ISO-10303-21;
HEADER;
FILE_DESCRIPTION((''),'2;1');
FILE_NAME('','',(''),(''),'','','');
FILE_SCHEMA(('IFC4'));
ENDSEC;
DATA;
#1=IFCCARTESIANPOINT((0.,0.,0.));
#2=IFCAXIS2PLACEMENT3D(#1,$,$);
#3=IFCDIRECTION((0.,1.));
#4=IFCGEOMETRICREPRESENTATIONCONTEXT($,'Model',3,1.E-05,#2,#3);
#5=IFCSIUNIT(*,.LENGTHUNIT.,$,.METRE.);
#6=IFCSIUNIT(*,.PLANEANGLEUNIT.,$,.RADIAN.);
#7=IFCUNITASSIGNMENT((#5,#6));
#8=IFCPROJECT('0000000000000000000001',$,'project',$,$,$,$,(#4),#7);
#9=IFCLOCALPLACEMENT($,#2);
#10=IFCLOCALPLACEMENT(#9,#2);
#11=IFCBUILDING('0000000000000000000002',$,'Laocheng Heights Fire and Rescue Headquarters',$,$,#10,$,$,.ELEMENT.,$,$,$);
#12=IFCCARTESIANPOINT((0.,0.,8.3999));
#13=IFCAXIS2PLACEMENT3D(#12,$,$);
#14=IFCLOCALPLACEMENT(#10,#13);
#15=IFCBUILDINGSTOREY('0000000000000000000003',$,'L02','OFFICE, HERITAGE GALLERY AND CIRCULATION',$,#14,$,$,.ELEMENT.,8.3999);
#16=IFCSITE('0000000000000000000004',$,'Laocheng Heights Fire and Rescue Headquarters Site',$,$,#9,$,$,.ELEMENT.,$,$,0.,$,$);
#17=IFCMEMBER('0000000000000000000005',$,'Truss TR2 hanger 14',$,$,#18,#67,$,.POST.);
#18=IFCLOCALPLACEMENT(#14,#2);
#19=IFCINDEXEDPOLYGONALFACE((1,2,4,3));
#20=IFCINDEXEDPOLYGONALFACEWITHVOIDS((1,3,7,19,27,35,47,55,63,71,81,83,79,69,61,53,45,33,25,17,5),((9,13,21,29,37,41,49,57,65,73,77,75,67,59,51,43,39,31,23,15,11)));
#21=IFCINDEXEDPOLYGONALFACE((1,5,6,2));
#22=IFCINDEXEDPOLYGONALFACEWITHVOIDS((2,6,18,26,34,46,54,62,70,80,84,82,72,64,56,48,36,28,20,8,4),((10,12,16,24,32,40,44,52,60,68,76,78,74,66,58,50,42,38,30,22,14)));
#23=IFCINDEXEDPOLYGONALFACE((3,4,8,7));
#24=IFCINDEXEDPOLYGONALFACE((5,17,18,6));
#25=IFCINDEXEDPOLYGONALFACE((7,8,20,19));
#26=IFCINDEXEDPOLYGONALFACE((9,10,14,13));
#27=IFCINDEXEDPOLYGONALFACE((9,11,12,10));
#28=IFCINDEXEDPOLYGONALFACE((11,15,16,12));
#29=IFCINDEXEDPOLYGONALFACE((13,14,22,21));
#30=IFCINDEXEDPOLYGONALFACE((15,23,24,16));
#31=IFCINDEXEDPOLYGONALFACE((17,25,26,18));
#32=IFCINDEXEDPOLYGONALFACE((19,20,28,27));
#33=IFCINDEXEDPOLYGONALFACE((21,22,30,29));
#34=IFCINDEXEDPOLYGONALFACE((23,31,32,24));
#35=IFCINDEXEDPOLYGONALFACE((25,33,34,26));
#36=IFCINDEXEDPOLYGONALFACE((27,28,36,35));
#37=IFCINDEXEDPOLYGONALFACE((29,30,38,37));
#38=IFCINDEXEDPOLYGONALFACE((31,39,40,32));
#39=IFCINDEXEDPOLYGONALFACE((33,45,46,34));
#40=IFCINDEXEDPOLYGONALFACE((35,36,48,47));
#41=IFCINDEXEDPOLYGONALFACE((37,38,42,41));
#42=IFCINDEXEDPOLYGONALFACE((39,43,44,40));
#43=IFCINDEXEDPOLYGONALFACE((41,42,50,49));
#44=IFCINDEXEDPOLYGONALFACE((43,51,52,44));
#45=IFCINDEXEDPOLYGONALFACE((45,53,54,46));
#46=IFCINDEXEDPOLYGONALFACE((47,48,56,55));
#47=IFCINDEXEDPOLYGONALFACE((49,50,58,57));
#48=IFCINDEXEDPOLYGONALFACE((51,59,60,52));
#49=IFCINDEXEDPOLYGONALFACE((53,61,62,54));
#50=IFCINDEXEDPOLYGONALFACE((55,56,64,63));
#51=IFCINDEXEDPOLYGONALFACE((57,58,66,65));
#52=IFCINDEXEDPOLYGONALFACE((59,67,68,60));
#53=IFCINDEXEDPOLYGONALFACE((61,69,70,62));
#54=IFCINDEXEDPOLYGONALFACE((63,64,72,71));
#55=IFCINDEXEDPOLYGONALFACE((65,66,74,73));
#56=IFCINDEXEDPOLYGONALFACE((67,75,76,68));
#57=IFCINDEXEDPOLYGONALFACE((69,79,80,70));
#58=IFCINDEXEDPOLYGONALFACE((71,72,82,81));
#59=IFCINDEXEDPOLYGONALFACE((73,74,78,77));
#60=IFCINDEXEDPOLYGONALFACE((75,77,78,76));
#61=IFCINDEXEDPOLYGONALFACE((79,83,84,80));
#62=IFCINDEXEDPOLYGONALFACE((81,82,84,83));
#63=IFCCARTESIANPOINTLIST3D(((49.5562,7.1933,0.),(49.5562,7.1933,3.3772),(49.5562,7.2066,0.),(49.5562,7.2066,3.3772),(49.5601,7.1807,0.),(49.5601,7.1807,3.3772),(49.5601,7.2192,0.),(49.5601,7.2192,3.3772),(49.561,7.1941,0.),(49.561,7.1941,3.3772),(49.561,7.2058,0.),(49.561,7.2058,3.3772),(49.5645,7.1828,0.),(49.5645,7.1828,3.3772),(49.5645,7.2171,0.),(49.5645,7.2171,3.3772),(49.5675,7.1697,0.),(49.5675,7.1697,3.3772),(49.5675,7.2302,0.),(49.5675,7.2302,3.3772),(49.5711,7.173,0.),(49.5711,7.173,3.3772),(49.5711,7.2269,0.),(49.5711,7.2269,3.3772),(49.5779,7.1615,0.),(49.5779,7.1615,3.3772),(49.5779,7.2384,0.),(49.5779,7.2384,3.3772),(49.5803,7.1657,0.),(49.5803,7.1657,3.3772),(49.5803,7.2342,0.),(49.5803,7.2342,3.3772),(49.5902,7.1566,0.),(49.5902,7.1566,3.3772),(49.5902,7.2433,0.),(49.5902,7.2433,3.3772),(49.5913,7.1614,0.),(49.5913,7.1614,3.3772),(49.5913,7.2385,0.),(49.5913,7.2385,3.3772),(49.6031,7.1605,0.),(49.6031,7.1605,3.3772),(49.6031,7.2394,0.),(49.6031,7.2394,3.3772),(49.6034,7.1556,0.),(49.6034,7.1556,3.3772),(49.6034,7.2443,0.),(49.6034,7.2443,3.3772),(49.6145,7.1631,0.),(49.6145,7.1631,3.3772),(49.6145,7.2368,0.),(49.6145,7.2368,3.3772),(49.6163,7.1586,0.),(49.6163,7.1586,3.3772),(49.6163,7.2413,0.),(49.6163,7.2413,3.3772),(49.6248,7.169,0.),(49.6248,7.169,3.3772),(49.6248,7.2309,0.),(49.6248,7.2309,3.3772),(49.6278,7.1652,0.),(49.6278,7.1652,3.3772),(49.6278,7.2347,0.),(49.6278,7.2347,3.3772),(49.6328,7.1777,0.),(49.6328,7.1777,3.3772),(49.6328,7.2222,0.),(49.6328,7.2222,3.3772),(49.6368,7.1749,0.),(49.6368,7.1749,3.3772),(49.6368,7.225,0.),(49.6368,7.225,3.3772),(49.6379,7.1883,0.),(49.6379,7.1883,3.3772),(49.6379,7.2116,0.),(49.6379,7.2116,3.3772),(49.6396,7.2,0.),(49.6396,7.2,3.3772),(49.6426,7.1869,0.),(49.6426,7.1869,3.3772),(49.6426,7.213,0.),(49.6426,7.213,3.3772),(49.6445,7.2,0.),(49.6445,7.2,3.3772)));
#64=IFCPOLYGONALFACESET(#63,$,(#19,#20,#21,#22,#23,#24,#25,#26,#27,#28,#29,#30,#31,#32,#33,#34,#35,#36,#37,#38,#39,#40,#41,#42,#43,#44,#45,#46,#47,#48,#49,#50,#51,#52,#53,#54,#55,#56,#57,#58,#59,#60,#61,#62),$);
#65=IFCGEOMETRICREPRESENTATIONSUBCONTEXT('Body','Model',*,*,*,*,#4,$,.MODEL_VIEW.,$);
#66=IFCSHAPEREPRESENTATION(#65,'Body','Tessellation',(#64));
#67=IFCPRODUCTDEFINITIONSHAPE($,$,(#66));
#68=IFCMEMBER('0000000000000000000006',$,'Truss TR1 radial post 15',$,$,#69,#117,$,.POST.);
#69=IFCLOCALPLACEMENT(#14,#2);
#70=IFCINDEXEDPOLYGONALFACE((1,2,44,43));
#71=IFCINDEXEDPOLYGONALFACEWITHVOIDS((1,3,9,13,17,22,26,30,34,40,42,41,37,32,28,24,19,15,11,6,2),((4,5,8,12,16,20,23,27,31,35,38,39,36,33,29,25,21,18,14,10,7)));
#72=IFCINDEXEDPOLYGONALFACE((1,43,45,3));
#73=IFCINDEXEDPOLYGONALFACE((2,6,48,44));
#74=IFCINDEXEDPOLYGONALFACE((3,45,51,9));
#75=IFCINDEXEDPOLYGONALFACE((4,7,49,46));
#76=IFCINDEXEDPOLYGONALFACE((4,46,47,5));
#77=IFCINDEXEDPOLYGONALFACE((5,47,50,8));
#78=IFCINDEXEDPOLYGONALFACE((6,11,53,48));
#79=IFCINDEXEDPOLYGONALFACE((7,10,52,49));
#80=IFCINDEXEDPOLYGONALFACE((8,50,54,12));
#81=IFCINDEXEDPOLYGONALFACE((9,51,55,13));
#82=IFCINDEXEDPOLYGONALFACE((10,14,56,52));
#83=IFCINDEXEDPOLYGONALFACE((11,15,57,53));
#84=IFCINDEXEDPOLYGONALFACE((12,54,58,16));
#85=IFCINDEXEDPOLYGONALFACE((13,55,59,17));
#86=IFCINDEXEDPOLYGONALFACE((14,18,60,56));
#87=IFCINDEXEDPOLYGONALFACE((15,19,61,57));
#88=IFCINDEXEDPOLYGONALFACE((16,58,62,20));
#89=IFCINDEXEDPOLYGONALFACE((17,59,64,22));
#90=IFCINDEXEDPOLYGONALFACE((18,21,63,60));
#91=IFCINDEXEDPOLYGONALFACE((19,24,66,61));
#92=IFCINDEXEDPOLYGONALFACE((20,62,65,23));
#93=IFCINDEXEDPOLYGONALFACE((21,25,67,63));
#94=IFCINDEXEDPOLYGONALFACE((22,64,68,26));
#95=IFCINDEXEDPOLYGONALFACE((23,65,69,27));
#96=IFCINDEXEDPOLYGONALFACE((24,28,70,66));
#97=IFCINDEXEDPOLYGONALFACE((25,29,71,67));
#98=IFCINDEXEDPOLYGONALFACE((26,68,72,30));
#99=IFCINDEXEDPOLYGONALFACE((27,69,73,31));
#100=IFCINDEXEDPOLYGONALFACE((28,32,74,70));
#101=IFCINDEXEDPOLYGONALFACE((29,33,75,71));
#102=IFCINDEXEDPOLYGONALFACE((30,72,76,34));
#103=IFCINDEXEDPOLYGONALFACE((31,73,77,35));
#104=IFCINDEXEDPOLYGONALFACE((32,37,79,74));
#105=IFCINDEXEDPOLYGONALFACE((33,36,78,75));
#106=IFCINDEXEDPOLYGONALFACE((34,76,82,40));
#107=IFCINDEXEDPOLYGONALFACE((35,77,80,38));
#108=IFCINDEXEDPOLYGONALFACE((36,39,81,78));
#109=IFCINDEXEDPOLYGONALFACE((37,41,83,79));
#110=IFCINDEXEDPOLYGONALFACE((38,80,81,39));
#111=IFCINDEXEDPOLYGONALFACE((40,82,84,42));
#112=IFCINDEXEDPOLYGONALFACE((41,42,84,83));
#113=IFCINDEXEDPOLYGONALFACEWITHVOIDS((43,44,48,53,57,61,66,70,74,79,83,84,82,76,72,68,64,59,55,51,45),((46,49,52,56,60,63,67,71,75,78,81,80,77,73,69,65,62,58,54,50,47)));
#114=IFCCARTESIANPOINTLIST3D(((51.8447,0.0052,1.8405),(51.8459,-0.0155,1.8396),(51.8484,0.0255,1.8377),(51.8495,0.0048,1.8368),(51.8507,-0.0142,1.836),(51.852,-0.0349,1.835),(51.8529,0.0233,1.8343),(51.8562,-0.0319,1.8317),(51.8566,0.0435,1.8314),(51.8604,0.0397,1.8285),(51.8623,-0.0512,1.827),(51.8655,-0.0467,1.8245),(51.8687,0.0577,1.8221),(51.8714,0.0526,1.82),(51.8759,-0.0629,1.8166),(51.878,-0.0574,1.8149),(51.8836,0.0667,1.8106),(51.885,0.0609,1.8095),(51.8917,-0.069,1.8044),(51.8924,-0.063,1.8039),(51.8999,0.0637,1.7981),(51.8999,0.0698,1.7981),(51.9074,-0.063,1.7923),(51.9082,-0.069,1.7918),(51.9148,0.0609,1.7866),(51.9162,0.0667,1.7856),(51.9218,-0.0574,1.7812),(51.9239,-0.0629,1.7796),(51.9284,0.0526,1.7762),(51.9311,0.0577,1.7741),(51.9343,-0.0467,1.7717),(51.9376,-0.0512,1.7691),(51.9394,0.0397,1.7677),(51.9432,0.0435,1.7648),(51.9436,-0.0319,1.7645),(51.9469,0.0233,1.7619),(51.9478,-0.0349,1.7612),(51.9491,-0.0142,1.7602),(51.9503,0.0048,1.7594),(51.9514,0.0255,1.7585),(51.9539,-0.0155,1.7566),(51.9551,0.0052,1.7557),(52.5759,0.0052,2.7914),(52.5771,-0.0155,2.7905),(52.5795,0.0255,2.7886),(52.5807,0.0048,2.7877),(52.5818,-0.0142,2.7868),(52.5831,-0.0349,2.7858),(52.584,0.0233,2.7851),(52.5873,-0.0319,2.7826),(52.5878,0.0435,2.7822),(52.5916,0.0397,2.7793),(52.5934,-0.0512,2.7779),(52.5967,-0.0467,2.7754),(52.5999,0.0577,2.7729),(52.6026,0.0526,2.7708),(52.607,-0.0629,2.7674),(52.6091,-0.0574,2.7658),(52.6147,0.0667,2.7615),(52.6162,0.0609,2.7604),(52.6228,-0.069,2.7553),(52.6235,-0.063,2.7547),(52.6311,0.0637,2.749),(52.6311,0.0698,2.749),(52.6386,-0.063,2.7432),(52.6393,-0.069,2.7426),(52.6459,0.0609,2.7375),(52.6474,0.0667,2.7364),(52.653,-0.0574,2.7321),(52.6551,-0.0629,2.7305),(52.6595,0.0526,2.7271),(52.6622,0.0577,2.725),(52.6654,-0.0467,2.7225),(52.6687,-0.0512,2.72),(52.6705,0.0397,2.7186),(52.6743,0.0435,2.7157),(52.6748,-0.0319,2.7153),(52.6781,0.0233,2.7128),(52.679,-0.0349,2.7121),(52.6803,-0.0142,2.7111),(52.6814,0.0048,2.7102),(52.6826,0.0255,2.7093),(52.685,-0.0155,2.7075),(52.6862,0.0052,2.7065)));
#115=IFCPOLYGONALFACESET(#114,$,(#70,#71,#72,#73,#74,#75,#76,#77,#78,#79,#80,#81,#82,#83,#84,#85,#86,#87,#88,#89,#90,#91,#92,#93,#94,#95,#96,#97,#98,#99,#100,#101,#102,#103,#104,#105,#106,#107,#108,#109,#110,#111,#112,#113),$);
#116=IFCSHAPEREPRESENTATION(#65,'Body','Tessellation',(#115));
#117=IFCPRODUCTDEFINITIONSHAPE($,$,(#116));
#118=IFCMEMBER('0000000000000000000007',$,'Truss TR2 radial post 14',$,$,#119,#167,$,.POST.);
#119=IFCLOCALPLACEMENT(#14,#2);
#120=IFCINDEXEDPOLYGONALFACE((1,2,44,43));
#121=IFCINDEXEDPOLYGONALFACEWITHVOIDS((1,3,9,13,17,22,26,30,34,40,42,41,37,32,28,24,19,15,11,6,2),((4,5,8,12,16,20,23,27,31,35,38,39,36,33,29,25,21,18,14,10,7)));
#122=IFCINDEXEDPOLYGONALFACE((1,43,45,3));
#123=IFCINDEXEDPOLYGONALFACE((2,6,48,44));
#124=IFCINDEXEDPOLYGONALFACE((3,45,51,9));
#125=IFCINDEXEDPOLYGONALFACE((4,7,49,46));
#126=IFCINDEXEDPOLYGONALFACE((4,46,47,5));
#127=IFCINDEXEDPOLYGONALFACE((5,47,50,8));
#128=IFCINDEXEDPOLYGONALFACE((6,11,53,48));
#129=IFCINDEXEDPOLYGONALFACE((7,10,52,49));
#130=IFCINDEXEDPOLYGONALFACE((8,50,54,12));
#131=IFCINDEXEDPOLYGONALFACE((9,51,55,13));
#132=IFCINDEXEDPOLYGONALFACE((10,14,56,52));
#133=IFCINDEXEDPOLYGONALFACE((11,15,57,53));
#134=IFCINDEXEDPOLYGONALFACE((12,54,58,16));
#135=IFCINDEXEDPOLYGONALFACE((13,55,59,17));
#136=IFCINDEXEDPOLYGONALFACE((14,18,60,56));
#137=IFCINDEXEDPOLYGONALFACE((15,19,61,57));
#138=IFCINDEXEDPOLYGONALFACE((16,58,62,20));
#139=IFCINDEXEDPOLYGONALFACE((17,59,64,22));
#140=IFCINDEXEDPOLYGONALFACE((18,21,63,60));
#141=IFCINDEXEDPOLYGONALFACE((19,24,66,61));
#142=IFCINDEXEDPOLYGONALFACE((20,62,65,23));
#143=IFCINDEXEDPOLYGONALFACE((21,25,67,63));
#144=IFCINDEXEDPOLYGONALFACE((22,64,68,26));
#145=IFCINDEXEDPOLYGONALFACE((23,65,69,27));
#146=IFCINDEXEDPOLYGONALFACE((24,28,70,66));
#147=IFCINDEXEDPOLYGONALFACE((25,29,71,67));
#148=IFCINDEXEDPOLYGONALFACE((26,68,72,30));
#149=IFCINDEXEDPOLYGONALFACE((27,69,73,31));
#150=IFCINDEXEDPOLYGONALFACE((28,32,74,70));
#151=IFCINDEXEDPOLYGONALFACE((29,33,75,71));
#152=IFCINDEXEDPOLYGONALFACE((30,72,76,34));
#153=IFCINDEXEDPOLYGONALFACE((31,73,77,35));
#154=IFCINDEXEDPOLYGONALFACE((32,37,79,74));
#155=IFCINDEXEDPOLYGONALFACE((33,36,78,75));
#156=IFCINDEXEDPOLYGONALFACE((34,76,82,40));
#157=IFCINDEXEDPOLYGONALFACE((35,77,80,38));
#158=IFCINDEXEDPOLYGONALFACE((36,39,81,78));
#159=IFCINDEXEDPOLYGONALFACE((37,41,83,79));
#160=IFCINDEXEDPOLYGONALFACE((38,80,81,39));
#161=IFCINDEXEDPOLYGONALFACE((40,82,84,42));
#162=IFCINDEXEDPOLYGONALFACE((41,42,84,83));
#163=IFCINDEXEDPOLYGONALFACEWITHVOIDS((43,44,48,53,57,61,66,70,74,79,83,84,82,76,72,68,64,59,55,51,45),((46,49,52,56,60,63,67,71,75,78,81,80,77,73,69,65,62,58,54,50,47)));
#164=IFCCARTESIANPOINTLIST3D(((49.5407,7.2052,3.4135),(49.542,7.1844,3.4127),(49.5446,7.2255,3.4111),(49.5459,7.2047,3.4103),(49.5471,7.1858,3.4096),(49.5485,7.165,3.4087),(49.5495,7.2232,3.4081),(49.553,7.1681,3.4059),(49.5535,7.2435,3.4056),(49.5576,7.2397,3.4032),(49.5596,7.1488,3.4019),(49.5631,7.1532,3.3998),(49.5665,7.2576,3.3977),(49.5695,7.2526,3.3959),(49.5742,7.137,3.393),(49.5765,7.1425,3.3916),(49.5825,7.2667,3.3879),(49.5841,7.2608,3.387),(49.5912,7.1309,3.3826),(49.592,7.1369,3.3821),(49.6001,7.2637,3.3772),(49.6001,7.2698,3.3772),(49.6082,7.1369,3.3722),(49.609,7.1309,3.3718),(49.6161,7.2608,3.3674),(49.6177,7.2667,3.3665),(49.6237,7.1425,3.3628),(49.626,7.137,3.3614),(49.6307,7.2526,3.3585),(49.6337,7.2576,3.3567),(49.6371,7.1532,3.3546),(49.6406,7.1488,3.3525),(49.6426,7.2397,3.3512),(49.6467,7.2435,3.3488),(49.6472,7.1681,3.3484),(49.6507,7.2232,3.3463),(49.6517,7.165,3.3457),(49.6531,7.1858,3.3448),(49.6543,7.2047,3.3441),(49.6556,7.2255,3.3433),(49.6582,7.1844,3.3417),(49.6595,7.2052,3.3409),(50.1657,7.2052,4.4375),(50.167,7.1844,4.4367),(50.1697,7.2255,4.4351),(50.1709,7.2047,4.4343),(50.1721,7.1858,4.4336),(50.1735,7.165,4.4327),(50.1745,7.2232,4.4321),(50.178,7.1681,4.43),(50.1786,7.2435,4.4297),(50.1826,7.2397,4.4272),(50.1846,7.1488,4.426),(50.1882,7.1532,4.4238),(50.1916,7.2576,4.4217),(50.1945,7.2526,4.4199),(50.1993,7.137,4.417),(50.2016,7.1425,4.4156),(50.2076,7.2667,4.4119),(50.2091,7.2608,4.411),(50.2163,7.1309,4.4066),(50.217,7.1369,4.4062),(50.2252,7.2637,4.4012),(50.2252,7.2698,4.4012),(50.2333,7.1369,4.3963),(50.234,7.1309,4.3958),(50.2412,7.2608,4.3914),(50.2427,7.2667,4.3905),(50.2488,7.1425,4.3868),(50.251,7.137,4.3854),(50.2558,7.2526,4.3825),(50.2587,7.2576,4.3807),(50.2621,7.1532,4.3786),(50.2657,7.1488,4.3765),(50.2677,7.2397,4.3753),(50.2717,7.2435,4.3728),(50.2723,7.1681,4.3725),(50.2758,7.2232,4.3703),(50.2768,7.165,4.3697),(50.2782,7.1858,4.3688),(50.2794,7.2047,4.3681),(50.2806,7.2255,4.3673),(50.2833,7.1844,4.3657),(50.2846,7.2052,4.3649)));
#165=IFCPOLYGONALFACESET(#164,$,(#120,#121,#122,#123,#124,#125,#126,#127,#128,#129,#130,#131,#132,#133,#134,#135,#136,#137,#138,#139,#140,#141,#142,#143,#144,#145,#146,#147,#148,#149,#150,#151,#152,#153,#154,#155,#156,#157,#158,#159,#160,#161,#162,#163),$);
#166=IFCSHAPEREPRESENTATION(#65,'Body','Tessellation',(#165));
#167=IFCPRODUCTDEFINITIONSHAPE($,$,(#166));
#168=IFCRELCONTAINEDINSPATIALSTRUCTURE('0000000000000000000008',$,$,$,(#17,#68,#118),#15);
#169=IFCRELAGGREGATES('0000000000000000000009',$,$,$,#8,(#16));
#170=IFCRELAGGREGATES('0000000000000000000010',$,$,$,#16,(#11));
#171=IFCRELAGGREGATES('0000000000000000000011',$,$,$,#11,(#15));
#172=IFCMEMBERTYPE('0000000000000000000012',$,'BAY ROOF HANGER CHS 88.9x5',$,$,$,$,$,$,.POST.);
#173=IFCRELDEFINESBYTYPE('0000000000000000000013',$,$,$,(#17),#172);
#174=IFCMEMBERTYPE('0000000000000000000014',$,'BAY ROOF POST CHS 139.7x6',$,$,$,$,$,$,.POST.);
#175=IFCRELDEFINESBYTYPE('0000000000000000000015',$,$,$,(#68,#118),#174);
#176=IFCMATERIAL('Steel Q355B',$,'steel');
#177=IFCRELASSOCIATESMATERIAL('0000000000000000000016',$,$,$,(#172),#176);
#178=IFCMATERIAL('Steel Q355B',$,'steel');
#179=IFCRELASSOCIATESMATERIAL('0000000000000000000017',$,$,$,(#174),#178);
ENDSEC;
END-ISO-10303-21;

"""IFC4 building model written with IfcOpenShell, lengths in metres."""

from ifc_helpers import new_model, si_unit, direction, frame, origin, origin_2d, place, context, subcontext, project, spatial, hollow_circle, extrude, material, material_profile, profile_set, type_object, element, save


model = new_model("IFC4")

# Units and contexts
model_context = context("Model", 3, precision=1e-05, world=origin(), true_north=direction((0.0, 1.0)))
body_context = subcontext(model_context, "Body", "Model", "MODEL_VIEW")
ifc_project = project(units=[si_unit("LENGTHUNIT", "METRE"), si_unit("PLANEANGLEUNIT", "RADIAN")], contexts=[model_context])

# Site, building, storey
site_placement = place(None, origin())
site = spatial("IfcSite", under=ifc_project, at=site_placement, Name="Laocheng Heights Fire and Rescue Headquarters Site", CompositionType="ELEMENT", RefElevation=0.0)
building_placement = place(site_placement, origin())
building = spatial("IfcBuilding", under=site, at=building_placement, Name="Laocheng Heights Fire and Rescue Headquarters", CompositionType="ELEMENT")
storey_placement = place(building_placement, frame((0.0, 0.0, 8.3999)))
storey = spatial("IfcBuildingStorey", under=building, at=storey_placement, Name="L02", Description="OFFICE, HERITAGE GALLERY AND CIRCULATION", CompositionType="ELEMENT", Elevation=8.3999)

# Members
ifc_material_1 = material(Name="Steel Q355B", Category="steel")
ifc_material_profile_1 = material_profile(ifc_material_1, hollow_circle(Radius=0.0444, WallThickness=0.0049, at=origin_2d()), Name="CHS 88.9x5")
ifc_profile_set_1 = profile_set([ifc_material_profile_1], Name="Steel Q355B")
member_type_1 = type_object("IfcMemberType", Name="BAY ROOF HANGER CHS 88.9x5", PredefinedType="POST", material=ifc_profile_set_1)
member_1_placement = place(storey_placement, frame((49.6001, 7.2, 0.0), z_axis=(0.0, 0.0, 1.0), x_axis=(1.0, 0.0, 0.0)))
element("IfcMember", 1, at=member_1_placement, inside=storey, type_object=member_type_1, Name="Truss TR2 hanger 14", PredefinedType="POST", context=body_context, shape_type="SweptSolid", body=[
    extrude(hollow_circle(Radius=0.0444, WallThickness=0.0049, at=origin_2d()), origin(), (0.0, 0.0, 1.0), 3.3772),
])
ifc_material_2 = material(Name="Steel Q355B", Category="steel")
ifc_material_profile_2 = material_profile(ifc_material_2, hollow_circle(Radius=0.0698, WallThickness=0.0061, at=origin_2d()), Name="CHS 139.7x6")
ifc_profile_set_2 = profile_set([ifc_material_profile_2], Name="Steel Q355B")
member_type_2 = type_object("IfcMemberType", Name="BAY ROOF POST CHS 139.7x6", PredefinedType="POST", material=ifc_profile_set_2)
member_2_placement = place(storey_placement, frame((51.8999, 0.0, 1.7981), z_axis=(0.609563, 0.0, 0.792737), x_axis=(0.0, 1.0, 0.0)))
element("IfcMember", 2, at=member_2_placement, inside=storey, type_object=member_type_2, Name="Truss TR1 radial post 15", PredefinedType="POST", context=body_context, shape_type="SweptSolid", body=[
    extrude(hollow_circle(Radius=0.0698, WallThickness=0.0061, at=origin_2d()), origin(), (0.0, 0.0, 1.0), 1.1995),
])
member_3_placement = place(storey_placement, frame((49.6001, 7.2, 3.3772), z_axis=(0.521005, 0.0, 0.853553), x_axis=(0.0, 1.0, 0.0)))
element("IfcMember", 3, at=member_3_placement, inside=storey, type_object=member_type_2, Name="Truss TR2 radial post 14", PredefinedType="POST", context=body_context, shape_type="SweptSolid", body=[
    extrude(hollow_circle(Radius=0.0698, WallThickness=0.0061, at=origin_2d()), origin(), (0.0, 0.0, 1.0), 1.1997),
])

save(model, "model.ifc")
